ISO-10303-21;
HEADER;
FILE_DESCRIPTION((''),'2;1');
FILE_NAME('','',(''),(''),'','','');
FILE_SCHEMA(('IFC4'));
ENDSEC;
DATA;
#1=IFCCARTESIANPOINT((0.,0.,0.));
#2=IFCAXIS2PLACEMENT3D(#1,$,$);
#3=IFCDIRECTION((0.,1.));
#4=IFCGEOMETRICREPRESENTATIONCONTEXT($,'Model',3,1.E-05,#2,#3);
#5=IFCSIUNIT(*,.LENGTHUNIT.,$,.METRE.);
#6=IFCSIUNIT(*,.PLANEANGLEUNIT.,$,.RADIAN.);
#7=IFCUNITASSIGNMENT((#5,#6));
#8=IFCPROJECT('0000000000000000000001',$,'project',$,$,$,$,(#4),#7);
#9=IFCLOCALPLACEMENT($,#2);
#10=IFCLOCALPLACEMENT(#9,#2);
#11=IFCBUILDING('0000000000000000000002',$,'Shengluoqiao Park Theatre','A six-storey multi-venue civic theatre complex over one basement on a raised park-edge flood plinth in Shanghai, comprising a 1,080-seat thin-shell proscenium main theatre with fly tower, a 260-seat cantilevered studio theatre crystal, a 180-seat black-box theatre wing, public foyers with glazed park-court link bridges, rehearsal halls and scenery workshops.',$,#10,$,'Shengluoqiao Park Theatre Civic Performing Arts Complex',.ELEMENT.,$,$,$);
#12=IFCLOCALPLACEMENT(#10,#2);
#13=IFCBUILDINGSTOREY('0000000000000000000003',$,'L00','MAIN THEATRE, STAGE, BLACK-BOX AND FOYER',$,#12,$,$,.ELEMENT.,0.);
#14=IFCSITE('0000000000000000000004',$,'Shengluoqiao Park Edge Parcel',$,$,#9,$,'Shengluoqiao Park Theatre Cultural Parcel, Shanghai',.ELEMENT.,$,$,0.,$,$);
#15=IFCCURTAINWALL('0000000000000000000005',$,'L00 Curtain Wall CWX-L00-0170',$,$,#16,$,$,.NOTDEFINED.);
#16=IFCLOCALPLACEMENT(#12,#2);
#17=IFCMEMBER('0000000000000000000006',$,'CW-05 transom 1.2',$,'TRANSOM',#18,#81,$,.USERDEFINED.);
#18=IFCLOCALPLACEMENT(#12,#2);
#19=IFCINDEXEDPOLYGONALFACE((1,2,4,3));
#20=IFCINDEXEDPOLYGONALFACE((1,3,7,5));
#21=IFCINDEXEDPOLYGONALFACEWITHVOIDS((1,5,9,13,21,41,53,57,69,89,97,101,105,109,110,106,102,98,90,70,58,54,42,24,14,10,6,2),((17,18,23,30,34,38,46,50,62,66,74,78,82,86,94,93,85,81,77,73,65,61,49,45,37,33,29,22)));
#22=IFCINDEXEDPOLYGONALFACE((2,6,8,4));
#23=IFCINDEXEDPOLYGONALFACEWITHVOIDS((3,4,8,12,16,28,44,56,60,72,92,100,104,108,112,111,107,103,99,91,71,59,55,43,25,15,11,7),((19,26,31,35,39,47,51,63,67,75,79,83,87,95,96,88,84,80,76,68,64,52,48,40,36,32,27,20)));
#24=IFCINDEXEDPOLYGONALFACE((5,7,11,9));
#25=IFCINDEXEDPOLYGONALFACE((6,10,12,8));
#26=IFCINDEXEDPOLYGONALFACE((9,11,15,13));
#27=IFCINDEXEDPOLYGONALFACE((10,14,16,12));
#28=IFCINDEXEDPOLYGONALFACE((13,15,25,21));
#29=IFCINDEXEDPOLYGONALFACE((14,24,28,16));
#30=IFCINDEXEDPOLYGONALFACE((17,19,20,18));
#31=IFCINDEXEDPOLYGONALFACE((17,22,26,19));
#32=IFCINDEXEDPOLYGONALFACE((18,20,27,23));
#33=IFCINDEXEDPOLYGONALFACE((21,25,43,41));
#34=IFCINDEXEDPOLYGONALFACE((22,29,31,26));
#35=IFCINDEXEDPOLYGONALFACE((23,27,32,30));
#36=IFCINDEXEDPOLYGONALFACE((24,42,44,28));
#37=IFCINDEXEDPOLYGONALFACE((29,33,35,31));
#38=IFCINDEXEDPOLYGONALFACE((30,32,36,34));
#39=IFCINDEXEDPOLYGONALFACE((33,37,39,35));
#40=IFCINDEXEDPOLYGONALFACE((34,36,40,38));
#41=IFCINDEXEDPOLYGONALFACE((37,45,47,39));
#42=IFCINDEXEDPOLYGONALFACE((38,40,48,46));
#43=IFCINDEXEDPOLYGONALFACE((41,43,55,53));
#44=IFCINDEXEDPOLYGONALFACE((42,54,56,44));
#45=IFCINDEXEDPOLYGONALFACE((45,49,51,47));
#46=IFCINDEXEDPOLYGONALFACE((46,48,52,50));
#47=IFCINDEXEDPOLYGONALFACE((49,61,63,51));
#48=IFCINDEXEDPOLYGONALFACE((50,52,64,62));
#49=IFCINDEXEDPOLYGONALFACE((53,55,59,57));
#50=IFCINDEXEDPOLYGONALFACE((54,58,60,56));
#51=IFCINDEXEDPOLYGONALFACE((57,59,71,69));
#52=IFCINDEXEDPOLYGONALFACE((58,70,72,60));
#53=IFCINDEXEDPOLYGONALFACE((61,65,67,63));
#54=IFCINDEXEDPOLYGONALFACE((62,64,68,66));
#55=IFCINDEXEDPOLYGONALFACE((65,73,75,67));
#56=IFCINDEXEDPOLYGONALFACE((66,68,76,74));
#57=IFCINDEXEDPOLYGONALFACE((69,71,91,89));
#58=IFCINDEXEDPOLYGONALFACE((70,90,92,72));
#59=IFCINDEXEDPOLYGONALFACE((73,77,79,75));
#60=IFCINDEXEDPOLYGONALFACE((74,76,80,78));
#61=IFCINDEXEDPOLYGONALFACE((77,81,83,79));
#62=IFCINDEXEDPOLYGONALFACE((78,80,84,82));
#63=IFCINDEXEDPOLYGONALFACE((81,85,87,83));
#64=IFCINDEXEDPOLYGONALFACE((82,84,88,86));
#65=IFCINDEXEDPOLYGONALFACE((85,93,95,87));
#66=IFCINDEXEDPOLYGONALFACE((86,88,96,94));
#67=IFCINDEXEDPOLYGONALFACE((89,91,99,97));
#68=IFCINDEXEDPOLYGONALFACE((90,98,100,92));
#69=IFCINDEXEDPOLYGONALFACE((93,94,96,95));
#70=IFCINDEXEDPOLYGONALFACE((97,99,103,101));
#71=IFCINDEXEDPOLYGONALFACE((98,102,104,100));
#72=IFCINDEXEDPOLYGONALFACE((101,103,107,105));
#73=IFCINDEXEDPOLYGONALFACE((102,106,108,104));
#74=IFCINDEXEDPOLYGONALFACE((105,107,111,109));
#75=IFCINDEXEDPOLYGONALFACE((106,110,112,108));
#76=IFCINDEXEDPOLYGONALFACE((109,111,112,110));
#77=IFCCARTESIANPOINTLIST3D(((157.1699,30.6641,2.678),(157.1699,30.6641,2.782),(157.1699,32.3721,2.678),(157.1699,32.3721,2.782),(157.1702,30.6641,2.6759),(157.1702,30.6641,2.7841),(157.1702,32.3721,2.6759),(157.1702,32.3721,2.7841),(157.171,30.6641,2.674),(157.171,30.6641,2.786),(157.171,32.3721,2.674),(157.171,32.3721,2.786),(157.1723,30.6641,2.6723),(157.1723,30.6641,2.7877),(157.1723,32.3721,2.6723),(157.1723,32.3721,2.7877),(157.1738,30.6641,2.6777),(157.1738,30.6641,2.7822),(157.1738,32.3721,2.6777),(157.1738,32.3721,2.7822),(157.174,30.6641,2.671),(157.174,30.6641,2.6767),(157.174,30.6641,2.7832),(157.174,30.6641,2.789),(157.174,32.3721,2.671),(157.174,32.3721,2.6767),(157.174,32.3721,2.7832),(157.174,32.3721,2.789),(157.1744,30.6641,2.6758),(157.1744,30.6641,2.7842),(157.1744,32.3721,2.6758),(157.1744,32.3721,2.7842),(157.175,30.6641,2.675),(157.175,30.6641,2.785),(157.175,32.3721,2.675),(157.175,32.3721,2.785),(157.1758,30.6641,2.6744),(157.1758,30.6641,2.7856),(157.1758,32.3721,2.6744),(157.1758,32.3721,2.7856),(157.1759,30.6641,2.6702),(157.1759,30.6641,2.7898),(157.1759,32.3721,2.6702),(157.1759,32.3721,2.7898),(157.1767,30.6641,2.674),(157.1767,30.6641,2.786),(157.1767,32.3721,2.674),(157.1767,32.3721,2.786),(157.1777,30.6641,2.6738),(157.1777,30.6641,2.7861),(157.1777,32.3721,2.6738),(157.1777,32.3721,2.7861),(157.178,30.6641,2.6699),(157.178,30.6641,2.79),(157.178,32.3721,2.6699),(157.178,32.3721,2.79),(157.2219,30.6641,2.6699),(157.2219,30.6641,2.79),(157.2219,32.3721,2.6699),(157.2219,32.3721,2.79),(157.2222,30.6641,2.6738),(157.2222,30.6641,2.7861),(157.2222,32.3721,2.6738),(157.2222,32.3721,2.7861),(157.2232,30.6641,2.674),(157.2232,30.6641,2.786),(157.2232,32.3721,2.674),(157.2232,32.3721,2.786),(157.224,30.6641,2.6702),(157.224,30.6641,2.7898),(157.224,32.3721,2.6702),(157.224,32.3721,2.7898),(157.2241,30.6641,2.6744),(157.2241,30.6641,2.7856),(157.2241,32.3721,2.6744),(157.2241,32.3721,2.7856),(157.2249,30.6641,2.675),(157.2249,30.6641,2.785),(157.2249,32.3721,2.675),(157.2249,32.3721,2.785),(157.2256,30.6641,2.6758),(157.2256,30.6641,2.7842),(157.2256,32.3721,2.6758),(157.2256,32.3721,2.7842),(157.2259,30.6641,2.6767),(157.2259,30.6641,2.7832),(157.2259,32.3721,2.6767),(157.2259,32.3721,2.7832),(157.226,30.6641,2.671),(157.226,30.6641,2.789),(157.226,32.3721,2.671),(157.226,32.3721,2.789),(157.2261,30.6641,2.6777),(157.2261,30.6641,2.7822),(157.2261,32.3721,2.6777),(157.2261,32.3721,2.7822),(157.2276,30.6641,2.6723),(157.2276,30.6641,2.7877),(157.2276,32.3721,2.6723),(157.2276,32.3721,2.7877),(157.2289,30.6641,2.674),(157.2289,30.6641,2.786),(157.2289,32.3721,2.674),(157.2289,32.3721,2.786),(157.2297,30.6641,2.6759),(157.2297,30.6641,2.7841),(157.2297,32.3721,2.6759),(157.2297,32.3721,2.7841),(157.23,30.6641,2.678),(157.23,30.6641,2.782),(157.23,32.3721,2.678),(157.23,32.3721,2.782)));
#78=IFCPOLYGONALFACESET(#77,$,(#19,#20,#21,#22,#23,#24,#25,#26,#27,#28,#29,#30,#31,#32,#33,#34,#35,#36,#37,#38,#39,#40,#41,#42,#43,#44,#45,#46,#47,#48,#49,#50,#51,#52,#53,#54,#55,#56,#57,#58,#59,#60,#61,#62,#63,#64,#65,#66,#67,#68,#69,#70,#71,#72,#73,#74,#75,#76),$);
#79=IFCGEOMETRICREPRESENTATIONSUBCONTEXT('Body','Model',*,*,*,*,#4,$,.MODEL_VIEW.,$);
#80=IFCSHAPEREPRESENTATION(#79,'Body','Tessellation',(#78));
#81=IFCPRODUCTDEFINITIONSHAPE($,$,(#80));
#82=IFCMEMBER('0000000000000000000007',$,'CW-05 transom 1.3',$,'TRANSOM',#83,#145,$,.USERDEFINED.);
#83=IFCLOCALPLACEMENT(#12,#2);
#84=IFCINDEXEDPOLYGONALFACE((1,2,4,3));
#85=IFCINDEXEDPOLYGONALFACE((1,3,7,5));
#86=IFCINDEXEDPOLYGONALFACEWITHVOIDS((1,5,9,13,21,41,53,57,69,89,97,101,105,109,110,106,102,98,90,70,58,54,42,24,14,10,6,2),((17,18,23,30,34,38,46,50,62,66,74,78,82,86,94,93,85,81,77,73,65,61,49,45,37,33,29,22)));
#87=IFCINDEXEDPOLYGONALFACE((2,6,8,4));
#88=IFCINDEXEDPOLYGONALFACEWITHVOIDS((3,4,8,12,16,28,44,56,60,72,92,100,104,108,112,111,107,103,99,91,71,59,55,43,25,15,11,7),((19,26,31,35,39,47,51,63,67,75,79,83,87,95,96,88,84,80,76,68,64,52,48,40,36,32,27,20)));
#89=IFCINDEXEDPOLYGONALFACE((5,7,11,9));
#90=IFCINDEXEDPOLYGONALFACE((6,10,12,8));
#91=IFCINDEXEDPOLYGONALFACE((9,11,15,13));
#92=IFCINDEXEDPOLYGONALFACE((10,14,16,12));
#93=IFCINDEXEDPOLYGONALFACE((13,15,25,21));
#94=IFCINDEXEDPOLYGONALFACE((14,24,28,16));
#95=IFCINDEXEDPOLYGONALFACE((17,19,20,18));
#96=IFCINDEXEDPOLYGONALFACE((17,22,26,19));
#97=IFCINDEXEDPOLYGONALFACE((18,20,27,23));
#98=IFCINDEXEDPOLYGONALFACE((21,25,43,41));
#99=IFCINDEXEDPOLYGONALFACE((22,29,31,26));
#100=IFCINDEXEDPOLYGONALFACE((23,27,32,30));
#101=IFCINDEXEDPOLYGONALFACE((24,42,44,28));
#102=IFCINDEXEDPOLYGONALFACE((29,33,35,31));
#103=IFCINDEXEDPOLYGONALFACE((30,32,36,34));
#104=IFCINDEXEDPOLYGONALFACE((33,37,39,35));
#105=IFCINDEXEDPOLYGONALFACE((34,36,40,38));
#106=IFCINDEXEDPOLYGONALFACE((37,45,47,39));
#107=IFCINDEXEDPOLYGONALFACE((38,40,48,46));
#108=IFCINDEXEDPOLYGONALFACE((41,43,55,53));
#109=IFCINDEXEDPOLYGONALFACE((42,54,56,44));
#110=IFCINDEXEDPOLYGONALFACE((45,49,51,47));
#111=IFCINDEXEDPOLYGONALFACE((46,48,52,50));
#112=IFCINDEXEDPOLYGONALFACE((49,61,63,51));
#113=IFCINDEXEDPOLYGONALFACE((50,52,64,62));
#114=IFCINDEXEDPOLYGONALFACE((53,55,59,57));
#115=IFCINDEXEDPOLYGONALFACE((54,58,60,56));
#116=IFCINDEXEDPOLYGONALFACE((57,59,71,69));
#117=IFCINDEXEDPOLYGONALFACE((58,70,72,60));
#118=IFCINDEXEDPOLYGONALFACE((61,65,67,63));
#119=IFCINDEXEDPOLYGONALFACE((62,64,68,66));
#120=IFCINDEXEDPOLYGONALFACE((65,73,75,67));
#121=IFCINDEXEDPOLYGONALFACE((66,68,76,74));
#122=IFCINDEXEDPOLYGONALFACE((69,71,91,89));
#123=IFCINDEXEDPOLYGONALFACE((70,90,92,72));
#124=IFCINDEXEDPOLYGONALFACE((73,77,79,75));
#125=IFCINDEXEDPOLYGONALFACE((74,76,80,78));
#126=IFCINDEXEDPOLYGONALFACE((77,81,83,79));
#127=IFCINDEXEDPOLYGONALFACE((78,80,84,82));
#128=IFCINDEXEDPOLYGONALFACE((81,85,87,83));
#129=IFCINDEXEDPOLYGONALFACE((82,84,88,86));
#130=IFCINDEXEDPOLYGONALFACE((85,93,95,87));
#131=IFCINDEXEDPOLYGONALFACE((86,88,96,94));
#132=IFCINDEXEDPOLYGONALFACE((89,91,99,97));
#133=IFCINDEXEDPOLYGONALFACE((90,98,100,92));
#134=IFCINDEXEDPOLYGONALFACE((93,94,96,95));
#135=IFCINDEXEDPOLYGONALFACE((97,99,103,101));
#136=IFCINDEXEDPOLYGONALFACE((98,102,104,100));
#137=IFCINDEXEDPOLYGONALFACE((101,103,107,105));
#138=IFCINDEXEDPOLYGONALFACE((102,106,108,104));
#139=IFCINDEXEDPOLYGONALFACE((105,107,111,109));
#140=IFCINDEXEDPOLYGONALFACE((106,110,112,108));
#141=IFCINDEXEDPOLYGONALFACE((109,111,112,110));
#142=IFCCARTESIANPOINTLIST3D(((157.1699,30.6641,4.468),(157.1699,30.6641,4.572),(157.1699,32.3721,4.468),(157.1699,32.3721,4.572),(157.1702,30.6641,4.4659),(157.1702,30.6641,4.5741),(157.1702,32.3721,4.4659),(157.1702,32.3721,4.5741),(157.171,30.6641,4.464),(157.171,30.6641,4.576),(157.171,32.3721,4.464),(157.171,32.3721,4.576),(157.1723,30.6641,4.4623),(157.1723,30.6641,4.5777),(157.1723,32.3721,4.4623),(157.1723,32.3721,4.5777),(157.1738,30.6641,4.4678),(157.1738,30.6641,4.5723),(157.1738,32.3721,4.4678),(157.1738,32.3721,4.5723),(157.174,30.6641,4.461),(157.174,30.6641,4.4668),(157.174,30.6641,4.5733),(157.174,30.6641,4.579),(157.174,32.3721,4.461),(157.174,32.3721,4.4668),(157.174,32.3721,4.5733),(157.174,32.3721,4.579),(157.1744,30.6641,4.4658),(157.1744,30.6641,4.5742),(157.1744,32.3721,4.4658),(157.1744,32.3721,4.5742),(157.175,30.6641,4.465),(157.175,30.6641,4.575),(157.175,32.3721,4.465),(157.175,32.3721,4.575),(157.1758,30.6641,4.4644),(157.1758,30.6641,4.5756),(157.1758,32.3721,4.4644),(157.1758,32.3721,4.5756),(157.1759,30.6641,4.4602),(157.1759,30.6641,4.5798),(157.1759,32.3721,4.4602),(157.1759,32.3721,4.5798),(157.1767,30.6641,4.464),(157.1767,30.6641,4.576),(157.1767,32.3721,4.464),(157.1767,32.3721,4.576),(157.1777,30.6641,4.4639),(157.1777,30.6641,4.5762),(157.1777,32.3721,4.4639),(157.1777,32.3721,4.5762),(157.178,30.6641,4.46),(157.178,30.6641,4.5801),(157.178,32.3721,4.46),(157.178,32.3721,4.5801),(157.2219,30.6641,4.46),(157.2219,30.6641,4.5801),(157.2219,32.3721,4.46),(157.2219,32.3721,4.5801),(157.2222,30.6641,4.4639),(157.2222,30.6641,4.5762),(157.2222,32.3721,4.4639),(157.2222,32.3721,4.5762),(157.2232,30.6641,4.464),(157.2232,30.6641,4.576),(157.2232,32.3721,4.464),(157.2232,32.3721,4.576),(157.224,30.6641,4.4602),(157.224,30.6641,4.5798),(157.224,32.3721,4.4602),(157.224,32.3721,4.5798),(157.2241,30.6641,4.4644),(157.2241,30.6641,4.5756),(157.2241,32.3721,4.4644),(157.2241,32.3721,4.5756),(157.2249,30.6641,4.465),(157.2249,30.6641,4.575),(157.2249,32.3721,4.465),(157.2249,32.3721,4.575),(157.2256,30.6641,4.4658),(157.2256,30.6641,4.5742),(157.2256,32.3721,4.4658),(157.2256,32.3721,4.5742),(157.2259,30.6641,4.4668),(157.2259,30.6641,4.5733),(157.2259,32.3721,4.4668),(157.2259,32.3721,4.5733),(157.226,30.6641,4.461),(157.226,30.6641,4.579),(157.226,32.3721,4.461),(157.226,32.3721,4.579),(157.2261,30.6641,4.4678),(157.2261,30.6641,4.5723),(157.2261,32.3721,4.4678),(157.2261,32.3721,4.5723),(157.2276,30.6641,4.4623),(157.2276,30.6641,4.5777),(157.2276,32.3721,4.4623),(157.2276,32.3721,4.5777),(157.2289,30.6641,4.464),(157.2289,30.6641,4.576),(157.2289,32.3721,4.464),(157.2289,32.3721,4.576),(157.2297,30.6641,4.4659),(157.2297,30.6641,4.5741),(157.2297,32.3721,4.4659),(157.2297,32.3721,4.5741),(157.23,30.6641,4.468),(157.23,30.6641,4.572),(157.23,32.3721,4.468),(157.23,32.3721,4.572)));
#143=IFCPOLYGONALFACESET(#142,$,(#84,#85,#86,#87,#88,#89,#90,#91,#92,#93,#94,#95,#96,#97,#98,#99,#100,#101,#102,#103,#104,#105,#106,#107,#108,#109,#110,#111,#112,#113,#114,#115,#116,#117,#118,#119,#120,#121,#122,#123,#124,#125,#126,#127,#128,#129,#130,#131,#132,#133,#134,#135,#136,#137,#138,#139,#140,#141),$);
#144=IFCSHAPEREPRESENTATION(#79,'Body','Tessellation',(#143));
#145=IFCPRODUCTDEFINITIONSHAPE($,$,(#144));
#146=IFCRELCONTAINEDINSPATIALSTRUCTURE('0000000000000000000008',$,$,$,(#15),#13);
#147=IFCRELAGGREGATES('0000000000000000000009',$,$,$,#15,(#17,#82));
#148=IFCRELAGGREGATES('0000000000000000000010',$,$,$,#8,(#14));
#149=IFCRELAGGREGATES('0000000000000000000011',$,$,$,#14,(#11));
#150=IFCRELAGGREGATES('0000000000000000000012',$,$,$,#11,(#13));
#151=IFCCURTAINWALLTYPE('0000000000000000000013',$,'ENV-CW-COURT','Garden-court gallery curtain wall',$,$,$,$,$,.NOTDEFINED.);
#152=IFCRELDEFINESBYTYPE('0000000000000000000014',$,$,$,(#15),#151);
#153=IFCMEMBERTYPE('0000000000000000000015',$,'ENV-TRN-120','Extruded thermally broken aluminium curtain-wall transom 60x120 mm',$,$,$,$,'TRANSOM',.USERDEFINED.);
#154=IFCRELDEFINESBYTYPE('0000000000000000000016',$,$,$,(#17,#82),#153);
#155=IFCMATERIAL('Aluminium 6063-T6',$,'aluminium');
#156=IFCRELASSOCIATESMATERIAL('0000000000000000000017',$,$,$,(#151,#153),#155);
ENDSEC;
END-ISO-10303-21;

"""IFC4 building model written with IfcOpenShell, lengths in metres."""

from ifc_helpers import new_model, si_unit, direction, frame, origin, origin_2d, place, context, subcontext, project, spatial, hollow_rectangle, extrude, material, material_profile, profile_set, type_object, element, aggregate, save


model = new_model("IFC4")

# Units and contexts
model_context = context("Model", 3, precision=1e-05, world=origin(), true_north=direction((0.0, 1.0)))
body_context = subcontext(model_context, "Body", "Model", "MODEL_VIEW")
ifc_project = project(units=[si_unit("LENGTHUNIT", "METRE"), si_unit("PLANEANGLEUNIT", "RADIAN")], contexts=[model_context])

# Site, building, storey
site_placement = place(None, origin())
site = spatial("IfcSite", under=ifc_project, at=site_placement, Name="Shengluoqiao Park Edge Parcel", LongName="Shengluoqiao Park Theatre Cultural Parcel, Shanghai", CompositionType="ELEMENT", RefElevation=0.0)
building_placement = place(site_placement, origin())
building = spatial("IfcBuilding", under=site, at=building_placement, Name="Shengluoqiao Park Theatre", Description="A six-storey multi-venue civic theatre complex over one basement on a raised park-edge flood plinth in Shanghai, comprising a 1,080-seat thin-shell proscenium main theatre with fly tower, a 260-seat cantilevered studio theatre crystal, a 180-seat black-box theatre wing, public foyers with glazed park-court link bridges, rehearsal halls and scenery workshops.", LongName="Shengluoqiao Park Theatre Civic Performing Arts Complex", CompositionType="ELEMENT")
storey_placement = place(building_placement, origin())
storey = spatial("IfcBuildingStorey", under=building, at=storey_placement, Name="L00", Description="MAIN THEATRE, STAGE, BLACK-BOX AND FOYER", CompositionType="ELEMENT", Elevation=0.0)

# Shared definitions
ifc_material_1 = material(Name="Aluminium 6063-T6", Category="aluminium")
curtain_wall_type = type_object("IfcCurtainWallType", Name="ENV-CW-COURT", Description="Garden-court gallery curtain wall", PredefinedType="NOTDEFINED", material=ifc_material_1)

# Curtain wall
curtain_wall_1_placement = place(storey_placement, origin())
curtain_wall_1 = element("IfcCurtainWall", 1, at=curtain_wall_1_placement, inside=storey, type_object=curtain_wall_type, Name="L00 Curtain Wall CWX-L00-0170", PredefinedType="NOTDEFINED")

# Members
ifc_material_profile_1 = material_profile(ifc_material_1, hollow_rectangle(XDim=0.0601, YDim=0.1201, WallThickness=0.0039, InnerFilletRadius=0.0039, OuterFilletRadius=0.0081, at=origin_2d()), Name="ALU TRANSOM 120x60x4")
ifc_profile_set_1 = profile_set([ifc_material_profile_1], Name="Aluminium 6063-T6")
member_type_1 = type_object("IfcMemberType", Name="ENV-TRN-120", Description="Extruded thermally broken aluminium curtain-wall transom 60x120 mm", ElementType="TRANSOM", PredefinedType="USERDEFINED", material=ifc_profile_set_1)
member_1_placement = place(storey_placement, frame((157.2, 30.6641, 2.73), z_axis=(0.0, 1.0, 0.0), x_axis=(-1.0, 0.0, 0.0)))
member_1 = element("IfcMember", 2, at=member_1_placement, type_object=member_type_1, Name="CW-05 transom 1.2", ObjectType="TRANSOM", PredefinedType="USERDEFINED", context=body_context, shape_type="SweptSolid", body=[
    extrude(hollow_rectangle(XDim=0.0601, YDim=0.1201, WallThickness=0.0039, InnerFilletRadius=0.0039, OuterFilletRadius=0.0081, at=origin_2d()), origin(), (0.0, 0.0, 1.0), 1.708),
])
member_2_placement = place(storey_placement, frame((157.2, 30.6641, 4.52), z_axis=(0.0, 1.0, 0.0), x_axis=(-1.0, 0.0, 0.0)))
member_2 = element("IfcMember", 3, at=member_2_placement, type_object=member_type_1, Name="CW-05 transom 1.3", ObjectType="TRANSOM", PredefinedType="USERDEFINED", context=body_context, shape_type="SweptSolid", body=[
    extrude(hollow_rectangle(XDim=0.0601, YDim=0.1201, WallThickness=0.0039, InnerFilletRadius=0.0039, OuterFilletRadius=0.0081, at=origin_2d()), origin(), (0.0, 0.0, 1.0), 1.708),
])

aggregate(curtain_wall_1, [member_1, member_2])

save(model, "model.ifc")
